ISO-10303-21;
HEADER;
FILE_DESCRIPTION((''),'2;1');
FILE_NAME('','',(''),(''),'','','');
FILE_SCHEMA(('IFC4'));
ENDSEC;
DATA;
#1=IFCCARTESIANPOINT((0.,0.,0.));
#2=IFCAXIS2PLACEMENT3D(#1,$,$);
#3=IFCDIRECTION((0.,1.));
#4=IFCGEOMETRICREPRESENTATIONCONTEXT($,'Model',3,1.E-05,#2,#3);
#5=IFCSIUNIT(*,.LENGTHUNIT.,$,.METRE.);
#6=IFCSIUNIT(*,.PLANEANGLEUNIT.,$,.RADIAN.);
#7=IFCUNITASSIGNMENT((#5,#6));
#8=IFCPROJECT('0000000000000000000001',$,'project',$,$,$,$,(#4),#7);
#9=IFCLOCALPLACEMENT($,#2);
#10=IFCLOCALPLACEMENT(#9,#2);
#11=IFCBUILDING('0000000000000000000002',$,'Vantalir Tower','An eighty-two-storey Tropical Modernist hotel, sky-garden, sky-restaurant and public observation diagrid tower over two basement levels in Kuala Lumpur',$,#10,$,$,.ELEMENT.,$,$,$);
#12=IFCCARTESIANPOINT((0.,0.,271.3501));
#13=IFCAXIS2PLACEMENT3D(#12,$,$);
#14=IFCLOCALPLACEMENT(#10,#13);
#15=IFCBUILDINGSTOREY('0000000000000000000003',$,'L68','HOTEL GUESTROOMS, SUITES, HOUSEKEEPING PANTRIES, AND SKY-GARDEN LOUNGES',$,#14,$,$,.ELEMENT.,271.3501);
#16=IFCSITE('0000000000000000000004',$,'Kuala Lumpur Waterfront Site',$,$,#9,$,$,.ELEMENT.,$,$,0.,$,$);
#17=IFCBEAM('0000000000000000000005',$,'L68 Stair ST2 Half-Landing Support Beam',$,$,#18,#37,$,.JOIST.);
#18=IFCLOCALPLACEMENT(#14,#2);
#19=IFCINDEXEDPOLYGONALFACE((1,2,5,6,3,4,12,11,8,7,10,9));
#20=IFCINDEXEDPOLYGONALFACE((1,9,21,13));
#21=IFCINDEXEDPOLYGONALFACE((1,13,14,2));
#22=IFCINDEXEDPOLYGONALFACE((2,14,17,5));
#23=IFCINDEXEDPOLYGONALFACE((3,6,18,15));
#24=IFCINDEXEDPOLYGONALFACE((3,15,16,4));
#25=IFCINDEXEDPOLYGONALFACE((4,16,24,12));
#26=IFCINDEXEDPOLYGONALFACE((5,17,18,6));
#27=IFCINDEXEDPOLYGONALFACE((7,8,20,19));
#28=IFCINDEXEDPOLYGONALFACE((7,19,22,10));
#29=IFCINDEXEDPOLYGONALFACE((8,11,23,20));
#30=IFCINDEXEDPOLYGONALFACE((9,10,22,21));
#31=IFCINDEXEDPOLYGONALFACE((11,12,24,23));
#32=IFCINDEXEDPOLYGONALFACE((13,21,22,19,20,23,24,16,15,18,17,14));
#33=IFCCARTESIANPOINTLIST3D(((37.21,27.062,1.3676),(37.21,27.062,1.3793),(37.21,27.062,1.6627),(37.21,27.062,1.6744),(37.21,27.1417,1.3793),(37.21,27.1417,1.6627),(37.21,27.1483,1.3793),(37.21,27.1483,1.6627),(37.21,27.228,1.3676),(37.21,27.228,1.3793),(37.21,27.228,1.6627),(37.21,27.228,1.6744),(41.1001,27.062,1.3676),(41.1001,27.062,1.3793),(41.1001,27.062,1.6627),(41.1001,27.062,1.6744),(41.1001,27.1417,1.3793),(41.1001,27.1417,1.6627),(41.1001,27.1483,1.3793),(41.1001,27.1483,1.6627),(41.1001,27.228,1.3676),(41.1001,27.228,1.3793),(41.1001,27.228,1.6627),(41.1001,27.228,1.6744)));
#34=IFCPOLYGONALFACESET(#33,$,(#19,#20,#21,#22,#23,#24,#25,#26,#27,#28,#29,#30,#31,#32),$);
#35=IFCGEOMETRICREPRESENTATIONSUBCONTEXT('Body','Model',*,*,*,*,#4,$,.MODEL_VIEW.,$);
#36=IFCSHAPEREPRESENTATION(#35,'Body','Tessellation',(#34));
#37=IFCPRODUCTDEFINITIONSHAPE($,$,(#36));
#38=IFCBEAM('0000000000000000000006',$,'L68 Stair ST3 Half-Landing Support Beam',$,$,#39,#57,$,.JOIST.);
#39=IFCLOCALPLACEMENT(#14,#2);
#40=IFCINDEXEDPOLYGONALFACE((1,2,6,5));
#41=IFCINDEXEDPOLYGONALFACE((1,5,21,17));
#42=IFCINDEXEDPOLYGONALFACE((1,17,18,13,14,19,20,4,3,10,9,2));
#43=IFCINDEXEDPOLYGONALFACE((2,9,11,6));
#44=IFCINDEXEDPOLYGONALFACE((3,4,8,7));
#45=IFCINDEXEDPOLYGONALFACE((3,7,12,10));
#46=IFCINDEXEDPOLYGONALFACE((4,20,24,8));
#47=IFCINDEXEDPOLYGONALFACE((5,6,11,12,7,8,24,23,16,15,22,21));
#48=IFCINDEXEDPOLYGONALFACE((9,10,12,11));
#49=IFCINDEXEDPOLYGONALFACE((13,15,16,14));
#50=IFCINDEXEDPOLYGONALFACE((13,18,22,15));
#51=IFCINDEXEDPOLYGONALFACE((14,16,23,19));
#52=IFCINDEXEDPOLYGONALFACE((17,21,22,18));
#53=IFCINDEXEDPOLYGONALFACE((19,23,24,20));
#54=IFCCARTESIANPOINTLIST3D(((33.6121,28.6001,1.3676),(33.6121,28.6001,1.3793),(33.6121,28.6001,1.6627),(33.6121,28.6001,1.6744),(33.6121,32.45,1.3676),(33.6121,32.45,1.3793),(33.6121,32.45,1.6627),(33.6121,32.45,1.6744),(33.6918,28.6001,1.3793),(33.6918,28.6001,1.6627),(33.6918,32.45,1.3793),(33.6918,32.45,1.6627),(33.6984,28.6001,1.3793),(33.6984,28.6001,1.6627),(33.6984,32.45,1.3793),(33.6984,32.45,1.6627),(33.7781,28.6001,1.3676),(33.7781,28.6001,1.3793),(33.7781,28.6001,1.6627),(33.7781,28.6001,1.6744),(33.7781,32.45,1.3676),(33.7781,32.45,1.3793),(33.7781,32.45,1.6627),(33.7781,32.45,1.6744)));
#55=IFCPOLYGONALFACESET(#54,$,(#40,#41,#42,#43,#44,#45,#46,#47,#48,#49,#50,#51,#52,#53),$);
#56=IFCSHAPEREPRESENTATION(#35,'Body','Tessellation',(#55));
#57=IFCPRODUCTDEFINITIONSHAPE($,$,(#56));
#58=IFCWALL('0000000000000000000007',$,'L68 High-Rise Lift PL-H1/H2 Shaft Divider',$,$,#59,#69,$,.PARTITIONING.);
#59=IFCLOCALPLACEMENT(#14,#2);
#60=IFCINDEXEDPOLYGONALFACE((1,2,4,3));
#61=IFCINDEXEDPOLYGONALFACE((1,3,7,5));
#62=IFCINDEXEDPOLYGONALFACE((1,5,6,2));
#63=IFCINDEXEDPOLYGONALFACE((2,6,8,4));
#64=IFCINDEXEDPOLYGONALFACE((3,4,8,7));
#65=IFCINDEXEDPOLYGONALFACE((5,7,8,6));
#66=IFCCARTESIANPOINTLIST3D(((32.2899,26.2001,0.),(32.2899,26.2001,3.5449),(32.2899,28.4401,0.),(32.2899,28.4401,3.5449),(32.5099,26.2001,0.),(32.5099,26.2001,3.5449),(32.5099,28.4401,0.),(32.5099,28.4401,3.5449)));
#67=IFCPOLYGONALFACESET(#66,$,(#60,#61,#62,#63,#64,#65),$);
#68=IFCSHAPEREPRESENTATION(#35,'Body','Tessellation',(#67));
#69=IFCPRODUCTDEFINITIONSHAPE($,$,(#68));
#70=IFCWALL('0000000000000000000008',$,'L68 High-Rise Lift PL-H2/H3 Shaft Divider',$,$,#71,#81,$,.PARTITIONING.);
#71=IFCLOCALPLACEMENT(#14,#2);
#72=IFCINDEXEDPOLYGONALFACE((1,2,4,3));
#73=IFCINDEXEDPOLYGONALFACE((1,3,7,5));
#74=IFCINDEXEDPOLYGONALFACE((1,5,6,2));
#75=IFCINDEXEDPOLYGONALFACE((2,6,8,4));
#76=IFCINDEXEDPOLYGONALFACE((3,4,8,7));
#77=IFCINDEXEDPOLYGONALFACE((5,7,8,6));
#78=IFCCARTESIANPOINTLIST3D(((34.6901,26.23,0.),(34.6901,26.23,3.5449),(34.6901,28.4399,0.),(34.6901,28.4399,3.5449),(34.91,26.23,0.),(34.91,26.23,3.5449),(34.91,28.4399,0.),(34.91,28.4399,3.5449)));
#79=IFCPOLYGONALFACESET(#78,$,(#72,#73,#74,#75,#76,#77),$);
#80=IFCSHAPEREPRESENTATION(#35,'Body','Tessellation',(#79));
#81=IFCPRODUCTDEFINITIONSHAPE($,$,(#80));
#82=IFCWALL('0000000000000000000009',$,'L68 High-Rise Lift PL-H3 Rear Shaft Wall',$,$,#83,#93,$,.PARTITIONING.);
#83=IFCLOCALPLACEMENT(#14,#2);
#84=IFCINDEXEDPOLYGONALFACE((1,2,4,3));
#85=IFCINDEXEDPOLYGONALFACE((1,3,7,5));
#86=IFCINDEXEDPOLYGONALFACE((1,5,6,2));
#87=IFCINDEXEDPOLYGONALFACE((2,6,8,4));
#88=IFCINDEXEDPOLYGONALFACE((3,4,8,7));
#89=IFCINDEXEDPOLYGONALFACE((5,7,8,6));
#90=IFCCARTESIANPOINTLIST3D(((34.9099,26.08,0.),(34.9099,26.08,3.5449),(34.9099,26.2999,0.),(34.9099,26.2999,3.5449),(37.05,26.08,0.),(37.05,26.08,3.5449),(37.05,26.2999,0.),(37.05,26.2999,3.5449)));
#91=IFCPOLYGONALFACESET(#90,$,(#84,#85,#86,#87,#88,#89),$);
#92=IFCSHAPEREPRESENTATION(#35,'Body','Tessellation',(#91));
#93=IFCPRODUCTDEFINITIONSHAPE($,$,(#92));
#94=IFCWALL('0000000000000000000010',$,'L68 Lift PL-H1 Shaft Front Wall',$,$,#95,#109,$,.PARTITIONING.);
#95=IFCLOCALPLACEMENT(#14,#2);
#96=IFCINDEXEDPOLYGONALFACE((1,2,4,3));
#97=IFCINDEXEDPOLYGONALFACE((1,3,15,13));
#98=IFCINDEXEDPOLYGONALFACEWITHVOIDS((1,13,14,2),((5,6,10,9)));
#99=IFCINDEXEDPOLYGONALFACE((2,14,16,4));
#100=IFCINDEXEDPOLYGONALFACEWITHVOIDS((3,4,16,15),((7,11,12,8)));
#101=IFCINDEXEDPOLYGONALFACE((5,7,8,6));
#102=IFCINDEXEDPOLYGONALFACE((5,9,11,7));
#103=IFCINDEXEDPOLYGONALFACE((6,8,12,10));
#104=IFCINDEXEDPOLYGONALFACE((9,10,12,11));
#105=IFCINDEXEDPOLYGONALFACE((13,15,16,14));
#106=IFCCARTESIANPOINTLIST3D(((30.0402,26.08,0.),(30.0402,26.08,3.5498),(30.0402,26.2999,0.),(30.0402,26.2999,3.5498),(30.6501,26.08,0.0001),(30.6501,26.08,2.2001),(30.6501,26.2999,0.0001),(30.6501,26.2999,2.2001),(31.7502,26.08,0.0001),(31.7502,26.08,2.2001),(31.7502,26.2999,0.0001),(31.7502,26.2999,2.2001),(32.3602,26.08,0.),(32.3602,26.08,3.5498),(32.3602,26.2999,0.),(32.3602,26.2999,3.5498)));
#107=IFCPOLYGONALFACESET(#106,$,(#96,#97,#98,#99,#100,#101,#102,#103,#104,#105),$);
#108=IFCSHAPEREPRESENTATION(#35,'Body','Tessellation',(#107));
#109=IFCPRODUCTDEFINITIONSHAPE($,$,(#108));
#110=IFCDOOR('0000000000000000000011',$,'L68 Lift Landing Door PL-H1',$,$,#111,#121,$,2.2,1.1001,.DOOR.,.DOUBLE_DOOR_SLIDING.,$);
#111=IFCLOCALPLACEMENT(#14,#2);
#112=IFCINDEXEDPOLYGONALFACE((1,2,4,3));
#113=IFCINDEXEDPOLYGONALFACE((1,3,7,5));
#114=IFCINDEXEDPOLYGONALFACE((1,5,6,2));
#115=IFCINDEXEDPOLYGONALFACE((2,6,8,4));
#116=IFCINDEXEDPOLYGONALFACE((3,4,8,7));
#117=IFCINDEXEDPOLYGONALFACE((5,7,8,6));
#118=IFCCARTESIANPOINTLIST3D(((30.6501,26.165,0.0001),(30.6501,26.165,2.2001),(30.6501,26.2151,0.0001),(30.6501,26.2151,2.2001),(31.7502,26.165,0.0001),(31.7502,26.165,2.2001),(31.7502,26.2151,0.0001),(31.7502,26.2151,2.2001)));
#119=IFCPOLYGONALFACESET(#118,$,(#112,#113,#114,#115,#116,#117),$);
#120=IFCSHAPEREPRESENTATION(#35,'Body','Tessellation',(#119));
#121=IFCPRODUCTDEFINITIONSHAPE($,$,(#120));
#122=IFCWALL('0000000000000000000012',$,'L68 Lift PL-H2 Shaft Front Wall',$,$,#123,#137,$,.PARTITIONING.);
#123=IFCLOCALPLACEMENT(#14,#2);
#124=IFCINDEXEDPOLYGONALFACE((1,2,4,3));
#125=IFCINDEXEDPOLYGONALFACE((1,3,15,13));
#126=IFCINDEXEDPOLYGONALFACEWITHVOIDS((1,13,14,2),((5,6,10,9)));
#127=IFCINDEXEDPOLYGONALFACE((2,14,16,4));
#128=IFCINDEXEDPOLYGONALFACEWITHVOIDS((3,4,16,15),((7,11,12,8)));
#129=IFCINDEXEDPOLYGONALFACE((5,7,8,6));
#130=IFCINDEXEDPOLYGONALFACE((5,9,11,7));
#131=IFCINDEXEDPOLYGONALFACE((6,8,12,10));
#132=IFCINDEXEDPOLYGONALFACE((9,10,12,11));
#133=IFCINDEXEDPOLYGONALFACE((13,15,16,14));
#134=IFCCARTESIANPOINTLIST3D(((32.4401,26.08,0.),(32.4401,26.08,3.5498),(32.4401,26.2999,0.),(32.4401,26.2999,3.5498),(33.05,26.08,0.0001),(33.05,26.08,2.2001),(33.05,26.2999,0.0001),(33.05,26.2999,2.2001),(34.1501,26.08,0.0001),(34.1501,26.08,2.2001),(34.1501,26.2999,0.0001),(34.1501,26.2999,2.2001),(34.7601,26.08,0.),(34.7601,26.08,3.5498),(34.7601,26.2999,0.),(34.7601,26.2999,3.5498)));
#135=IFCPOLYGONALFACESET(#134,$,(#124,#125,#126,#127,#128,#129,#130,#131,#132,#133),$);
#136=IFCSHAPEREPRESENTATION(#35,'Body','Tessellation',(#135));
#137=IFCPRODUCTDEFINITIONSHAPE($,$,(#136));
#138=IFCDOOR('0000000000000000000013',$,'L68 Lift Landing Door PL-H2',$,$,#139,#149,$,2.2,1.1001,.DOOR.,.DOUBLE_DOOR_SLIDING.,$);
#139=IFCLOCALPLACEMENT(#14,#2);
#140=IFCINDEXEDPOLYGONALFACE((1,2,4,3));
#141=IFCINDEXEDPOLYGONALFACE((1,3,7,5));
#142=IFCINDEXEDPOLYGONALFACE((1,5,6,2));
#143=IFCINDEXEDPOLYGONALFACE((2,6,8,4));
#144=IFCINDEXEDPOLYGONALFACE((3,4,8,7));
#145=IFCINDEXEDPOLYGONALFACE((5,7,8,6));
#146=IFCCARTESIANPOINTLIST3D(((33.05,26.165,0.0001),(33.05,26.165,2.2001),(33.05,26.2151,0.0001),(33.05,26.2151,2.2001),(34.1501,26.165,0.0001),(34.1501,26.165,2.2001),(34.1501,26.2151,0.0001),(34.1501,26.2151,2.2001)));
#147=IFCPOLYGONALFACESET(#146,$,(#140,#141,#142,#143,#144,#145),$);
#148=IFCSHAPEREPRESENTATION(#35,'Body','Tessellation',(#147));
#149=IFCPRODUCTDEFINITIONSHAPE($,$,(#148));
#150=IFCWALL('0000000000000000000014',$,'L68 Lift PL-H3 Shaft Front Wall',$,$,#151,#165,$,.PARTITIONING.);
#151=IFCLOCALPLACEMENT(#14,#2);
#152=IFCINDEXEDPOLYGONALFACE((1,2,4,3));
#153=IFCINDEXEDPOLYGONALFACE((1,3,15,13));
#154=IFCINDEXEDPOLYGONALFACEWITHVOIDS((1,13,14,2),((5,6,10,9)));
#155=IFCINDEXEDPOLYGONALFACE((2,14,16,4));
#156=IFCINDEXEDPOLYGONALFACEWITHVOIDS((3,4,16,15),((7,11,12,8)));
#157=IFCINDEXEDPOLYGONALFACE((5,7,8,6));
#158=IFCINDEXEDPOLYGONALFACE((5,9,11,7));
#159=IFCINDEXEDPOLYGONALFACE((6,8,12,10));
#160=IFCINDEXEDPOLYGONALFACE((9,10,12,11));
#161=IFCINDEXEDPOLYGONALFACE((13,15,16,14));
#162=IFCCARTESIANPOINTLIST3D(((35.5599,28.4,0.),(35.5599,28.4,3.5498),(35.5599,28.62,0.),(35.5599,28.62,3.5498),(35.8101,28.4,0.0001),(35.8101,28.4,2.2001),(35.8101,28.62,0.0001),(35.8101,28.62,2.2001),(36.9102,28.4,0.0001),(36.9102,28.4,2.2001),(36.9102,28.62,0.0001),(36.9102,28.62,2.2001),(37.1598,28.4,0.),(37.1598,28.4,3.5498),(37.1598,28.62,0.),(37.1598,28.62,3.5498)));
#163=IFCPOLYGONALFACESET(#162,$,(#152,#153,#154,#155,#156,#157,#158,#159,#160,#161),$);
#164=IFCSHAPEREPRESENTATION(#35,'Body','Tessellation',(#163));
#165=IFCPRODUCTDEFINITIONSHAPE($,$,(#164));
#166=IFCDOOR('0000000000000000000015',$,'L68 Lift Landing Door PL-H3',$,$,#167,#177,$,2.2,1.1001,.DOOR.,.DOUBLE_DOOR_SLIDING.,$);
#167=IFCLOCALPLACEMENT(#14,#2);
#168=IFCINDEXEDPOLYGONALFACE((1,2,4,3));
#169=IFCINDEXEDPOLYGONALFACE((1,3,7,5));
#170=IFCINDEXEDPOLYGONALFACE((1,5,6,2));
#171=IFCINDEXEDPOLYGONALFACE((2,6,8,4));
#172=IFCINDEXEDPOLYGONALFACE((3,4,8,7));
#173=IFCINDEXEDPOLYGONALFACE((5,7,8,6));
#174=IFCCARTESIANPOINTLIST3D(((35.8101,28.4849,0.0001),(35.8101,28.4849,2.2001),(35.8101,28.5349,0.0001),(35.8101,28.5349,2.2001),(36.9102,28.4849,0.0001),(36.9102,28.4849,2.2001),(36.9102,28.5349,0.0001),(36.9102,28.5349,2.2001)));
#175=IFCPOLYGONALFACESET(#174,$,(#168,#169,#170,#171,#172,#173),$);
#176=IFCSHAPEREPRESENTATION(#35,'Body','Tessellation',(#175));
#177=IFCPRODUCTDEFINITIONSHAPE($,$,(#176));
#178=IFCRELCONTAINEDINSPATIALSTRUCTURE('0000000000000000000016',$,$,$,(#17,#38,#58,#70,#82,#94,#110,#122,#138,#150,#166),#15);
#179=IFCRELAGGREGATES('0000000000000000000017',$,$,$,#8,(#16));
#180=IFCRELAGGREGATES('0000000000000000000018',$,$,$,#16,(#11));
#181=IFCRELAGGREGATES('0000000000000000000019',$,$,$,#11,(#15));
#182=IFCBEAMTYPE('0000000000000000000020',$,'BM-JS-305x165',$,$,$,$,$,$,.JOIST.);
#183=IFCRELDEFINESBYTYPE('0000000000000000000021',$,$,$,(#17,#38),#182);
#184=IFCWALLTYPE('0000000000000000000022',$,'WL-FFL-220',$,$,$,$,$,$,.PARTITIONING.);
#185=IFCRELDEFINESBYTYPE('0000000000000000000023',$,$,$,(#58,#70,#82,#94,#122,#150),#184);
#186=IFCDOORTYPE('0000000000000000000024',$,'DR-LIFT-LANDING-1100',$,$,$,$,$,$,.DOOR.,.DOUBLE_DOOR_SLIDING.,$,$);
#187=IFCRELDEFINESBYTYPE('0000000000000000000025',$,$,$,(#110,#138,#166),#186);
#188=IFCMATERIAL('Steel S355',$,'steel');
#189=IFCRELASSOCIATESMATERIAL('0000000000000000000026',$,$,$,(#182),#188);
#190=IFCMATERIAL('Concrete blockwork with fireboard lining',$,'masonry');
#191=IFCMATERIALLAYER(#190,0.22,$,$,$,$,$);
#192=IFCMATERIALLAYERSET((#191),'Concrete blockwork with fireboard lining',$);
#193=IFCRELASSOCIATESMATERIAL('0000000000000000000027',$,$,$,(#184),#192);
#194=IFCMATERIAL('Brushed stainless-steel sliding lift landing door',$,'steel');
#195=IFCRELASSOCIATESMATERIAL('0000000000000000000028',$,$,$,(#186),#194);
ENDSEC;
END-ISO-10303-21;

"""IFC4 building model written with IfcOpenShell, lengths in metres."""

from ifc_helpers import new_model, si_unit, direction, frame, frame_2d, origin, origin_2d, place, context, subcontext, project, spatial, rectangle, i_section, extrude, material, layer, layer_set, material_profile, profile_set, type_object, element, fill, save


model = new_model("IFC4")

# Units and contexts
model_context = context("Model", 3, precision=1e-05, world=origin(), true_north=direction((0.0, 1.0)))
body_context = subcontext(model_context, "Body", "Model", "MODEL_VIEW")
ifc_project = project(units=[si_unit("LENGTHUNIT", "METRE"), si_unit("PLANEANGLEUNIT", "RADIAN")], contexts=[model_context])

# Site, building, storey
site_placement = place(None, origin())
site = spatial("IfcSite", under=ifc_project, at=site_placement, Name="Kuala Lumpur Waterfront Site", CompositionType="ELEMENT", RefElevation=0.0)
building_placement = place(site_placement, origin())
building = spatial("IfcBuilding", under=site, at=building_placement, Name="Vantalir Tower", Description="An eighty-two-storey Tropical Modernist hotel, sky-garden, sky-restaurant and public observation diagrid tower over two basement levels in Kuala Lumpur", CompositionType="ELEMENT")
storey_placement = place(building_placement, frame((0.0, 0.0, 271.3501)))
storey = spatial("IfcBuildingStorey", under=building, at=storey_placement, Name="L68", Description="HOTEL GUESTROOMS, SUITES, HOUSEKEEPING PANTRIES, AND SKY-GARDEN LOUNGES", CompositionType="ELEMENT", Elevation=271.3501)

# Beams
ifc_material_1 = material(Name="Steel S355", Category="steel")
ifc_material_profile = material_profile(ifc_material_1, i_section(OverallWidth=0.166, OverallDepth=0.3069, WebThickness=0.0066, FlangeThickness=0.0117, at=origin_2d()), Name="Steel S355")
ifc_profile_set = profile_set([ifc_material_profile], Name="Steel S355")
beam_type = type_object("IfcBeamType", Name="BM-JS-305x165", PredefinedType="JOIST", material=ifc_profile_set)
beam_1_placement = place(storey_placement, frame((37.21, 27.145, 1.521), z_axis=(1.0, 0.0, 0.0), x_axis=(0.0, 1.0, 0.0)))
element("IfcBeam", 1, at=beam_1_placement, inside=storey, type_object=beam_type, Name="L68 Stair ST2 Half-Landing Support Beam", PredefinedType="JOIST", context=body_context, shape_type="SweptSolid", body=[
    extrude(i_section(OverallWidth=0.166, OverallDepth=0.3069, WebThickness=0.0066, FlangeThickness=0.0117, at=origin_2d()), origin(), (0.0, 0.0, 1.0), 3.8901),
])
beam_2_placement = place(storey_placement, frame((33.6951, 28.6001, 1.521), z_axis=(0.0, 1.0, 0.0), x_axis=(-1.0, 0.0, 0.0)))
element("IfcBeam", 2, at=beam_2_placement, inside=storey, type_object=beam_type, Name="L68 Stair ST3 Half-Landing Support Beam", PredefinedType="JOIST", context=body_context, shape_type="SweptSolid", body=[
    extrude(i_section(OverallWidth=0.166, OverallDepth=0.3069, WebThickness=0.0066, FlangeThickness=0.0117, at=origin_2d()), origin(), (0.0, 0.0, 1.0), 3.8499),
])

# Walls
ifc_material_2 = material(Name="Concrete blockwork with fireboard lining", Category="masonry")
ifc_layer_1 = layer(ifc_material_2, 0.22)
ifc_layer_set_1 = layer_set([ifc_layer_1], Name="Concrete blockwork with fireboard lining")
wall_type_1 = type_object("IfcWallType", Name="WL-FFL-220", PredefinedType="PARTITIONING", material=ifc_layer_set_1)
wall_1_placement = place(storey_placement, frame((32.3999, 26.2, 0.0), z_axis=(0.0, 0.0, 1.0), x_axis=(0.0, 1.0, 0.0)))
element("IfcWall", 3, at=wall_1_placement, inside=storey, type_object=wall_type_1, Name="L68 High-Rise Lift PL-H1/H2 Shaft Divider", PredefinedType="PARTITIONING", context=body_context, shape_type="SweptSolid", body=[
    extrude(rectangle(XDim=2.24, YDim=0.22, at=frame_2d((1.1201, 0.0))), origin(), (0.0, 0.0, 1.0), 3.5449),
])
wall_2_placement = place(storey_placement, frame((34.8, 26.23, 0.0), z_axis=(0.0, 0.0, 1.0), x_axis=(0.0, 1.0, 0.0)))
element("IfcWall", 4, at=wall_2_placement, inside=storey, type_object=wall_type_1, Name="L68 High-Rise Lift PL-H2/H3 Shaft Divider", PredefinedType="PARTITIONING", context=body_context, shape_type="SweptSolid", body=[
    extrude(rectangle(XDim=2.21, YDim=0.22, at=frame_2d((1.105, 0.0))), origin(), (0.0, 0.0, 1.0), 3.5449),
])
wall_3_placement = place(storey_placement, frame((34.9099, 26.1899, 0.0), z_axis=(0.0, 0.0, 1.0), x_axis=(1.0, 0.0, 0.0)))
element("IfcWall", 5, at=wall_3_placement, inside=storey, type_object=wall_type_1, Name="L68 High-Rise Lift PL-H3 Rear Shaft Wall", PredefinedType="PARTITIONING", context=body_context, shape_type="SweptSolid", body=[
    extrude(rectangle(XDim=2.1401, YDim=0.22, at=frame_2d((1.0701, 0.0))), origin(), (0.0, 0.0, 1.0), 3.5449),
])

# Walls, openings, doors
wall_4_placement = place(storey_placement, frame((30.04, 26.1899, 0.0), z_axis=(0.0, 0.0, 1.0), x_axis=(1.0, 0.0, 0.0)))
wall_4 = element("IfcWall", 6, at=wall_4_placement, inside=storey, type_object=wall_type_1, Name="L68 Lift PL-H1 Shaft Front Wall", PredefinedType="PARTITIONING", context=body_context, shape_type="SweptSolid", body=[
    extrude(rectangle(XDim=2.3201, YDim=0.22, at=frame_2d((1.1602, 0.0))), origin(), (0.0, 0.0, 1.0), 3.5498),
])
opening_1_placement = place(wall_4_placement, frame((0.6101, 0.0, 0.0)))
opening_1 = element("IfcOpeningElement", 7, at=opening_1_placement, cuts=wall_4, PredefinedType="OPENING", context=body_context, shape_type="SweptSolid", body=[
    extrude(rectangle(XDim=1.1001, YDim=2.2, at=frame_2d((0.55, 1.1001))), frame((0.0, 0.1199, 0.0), z_axis=(0.0, -1.0, 0.0), x_axis=(1.0, 0.0, 0.0)), (0.0, 0.0, 1.0), 0.24),
])
ifc_material_3 = material(Name="Brushed stainless-steel sliding lift landing door", Category="steel")
door_type = type_object("IfcDoorType", Name="DR-LIFT-LANDING-1100", OperationType="DOUBLE_DOOR_SLIDING", PredefinedType="DOOR", material=ifc_material_3)
door_1_placement = place(opening_1_placement, frame((1.1001, 0.0, 0.0), z_axis=(0.0, 0.0, 1.0), x_axis=(-1.0, 0.0, 0.0)))
door_1 = element("IfcDoor", 8, at=door_1_placement, inside=storey, type_object=door_type, Name="L68 Lift Landing Door PL-H1", OperationType="DOUBLE_DOOR_SLIDING", OverallHeight=2.2, OverallWidth=1.1001, PredefinedType="DOOR", context=body_context, shape_type="SweptSolid", body=[
    extrude(rectangle(XDim=1.1001, YDim=2.2, at=frame_2d((0.55, 1.1001))), frame((0.0, 0.0249, 0.0), z_axis=(0.0, -1.0, 0.0), x_axis=(1.0, 0.0, 0.0)), (0.0, 0.0, 1.0), 0.05),
])
fill(opening_1, door_1)
wall_5_placement = place(storey_placement, frame((32.4399, 26.1899, 0.0), z_axis=(0.0, 0.0, 1.0), x_axis=(1.0, 0.0, 0.0)))
wall_5 = element("IfcWall", 9, at=wall_5_placement, inside=storey, type_object=wall_type_1, Name="L68 Lift PL-H2 Shaft Front Wall", PredefinedType="PARTITIONING", context=body_context, shape_type="SweptSolid", body=[
    extrude(rectangle(XDim=2.3201, YDim=0.22, at=frame_2d((1.1602, 0.0))), origin(), (0.0, 0.0, 1.0), 3.5498),
])
opening_2_placement = place(wall_5_placement, frame((0.6101, 0.0, 0.0)))
opening_2 = element("IfcOpeningElement", 10, at=opening_2_placement, cuts=wall_5, PredefinedType="OPENING", context=body_context, shape_type="SweptSolid", body=[
    extrude(rectangle(XDim=1.1001, YDim=2.2, at=frame_2d((0.55, 1.1001))), frame((0.0, 0.1199, 0.0), z_axis=(0.0, -1.0, 0.0), x_axis=(1.0, 0.0, 0.0)), (0.0, 0.0, 1.0), 0.24),
])
door_2_placement = place(opening_2_placement, frame((1.1001, 0.0, 0.0), z_axis=(0.0, 0.0, 1.0), x_axis=(-1.0, 0.0, 0.0)))
door_2 = element("IfcDoor", 11, at=door_2_placement, inside=storey, type_object=door_type, Name="L68 Lift Landing Door PL-H2", OperationType="DOUBLE_DOOR_SLIDING", OverallHeight=2.2, OverallWidth=1.1001, PredefinedType="DOOR", context=body_context, shape_type="SweptSolid", body=[
    extrude(rectangle(XDim=1.1001, YDim=2.2, at=frame_2d((0.55, 1.1001))), frame((0.0, 0.0249, 0.0), z_axis=(0.0, -1.0, 0.0), x_axis=(1.0, 0.0, 0.0)), (0.0, 0.0, 1.0), 0.05),
])
fill(opening_2, door_2)
wall_6_placement = place(storey_placement, frame((35.5601, 28.51, 0.0), z_axis=(0.0, 0.0, 1.0), x_axis=(1.0, 0.0, 0.0)))
wall_6 = element("IfcWall", 12, at=wall_6_placement, inside=storey, type_object=wall_type_1, Name="L68 Lift PL-H3 Shaft Front Wall", PredefinedType="PARTITIONING", context=body_context, shape_type="SweptSolid", body=[
    extrude(rectangle(XDim=1.5999, YDim=0.22, at=frame_2d((0.7998, 0.0))), origin(), (0.0, 0.0, 1.0), 3.5498),
])
opening_3_placement = place(wall_6_placement, frame((0.25, 0.0, 0.0)))
opening_3 = element("IfcOpeningElement", 13, at=opening_3_placement, cuts=wall_6, PredefinedType="OPENING", context=body_context, shape_type="SweptSolid", body=[
    extrude(rectangle(XDim=1.1001, YDim=2.2, at=frame_2d((0.55, 1.1001))), frame((0.0, 0.1199, 0.0), z_axis=(0.0, -1.0, 0.0), x_axis=(1.0, 0.0, 0.0)), (0.0, 0.0, 1.0), 0.24),
])
door_3_placement = place(opening_3_placement, origin())
door_3 = element("IfcDoor", 14, at=door_3_placement, inside=storey, type_object=door_type, Name="L68 Lift Landing Door PL-H3", OperationType="DOUBLE_DOOR_SLIDING", OverallHeight=2.2, OverallWidth=1.1001, PredefinedType="DOOR", context=body_context, shape_type="SweptSolid", body=[
    extrude(rectangle(XDim=1.1001, YDim=2.2, at=frame_2d((0.55, 1.1001))), frame((0.0, 0.0249, 0.0), z_axis=(0.0, -1.0, 0.0), x_axis=(1.0, 0.0, 0.0)), (0.0, 0.0, 1.0), 0.05),
])
fill(opening_3, door_3)

save(model, "model.ifc")
